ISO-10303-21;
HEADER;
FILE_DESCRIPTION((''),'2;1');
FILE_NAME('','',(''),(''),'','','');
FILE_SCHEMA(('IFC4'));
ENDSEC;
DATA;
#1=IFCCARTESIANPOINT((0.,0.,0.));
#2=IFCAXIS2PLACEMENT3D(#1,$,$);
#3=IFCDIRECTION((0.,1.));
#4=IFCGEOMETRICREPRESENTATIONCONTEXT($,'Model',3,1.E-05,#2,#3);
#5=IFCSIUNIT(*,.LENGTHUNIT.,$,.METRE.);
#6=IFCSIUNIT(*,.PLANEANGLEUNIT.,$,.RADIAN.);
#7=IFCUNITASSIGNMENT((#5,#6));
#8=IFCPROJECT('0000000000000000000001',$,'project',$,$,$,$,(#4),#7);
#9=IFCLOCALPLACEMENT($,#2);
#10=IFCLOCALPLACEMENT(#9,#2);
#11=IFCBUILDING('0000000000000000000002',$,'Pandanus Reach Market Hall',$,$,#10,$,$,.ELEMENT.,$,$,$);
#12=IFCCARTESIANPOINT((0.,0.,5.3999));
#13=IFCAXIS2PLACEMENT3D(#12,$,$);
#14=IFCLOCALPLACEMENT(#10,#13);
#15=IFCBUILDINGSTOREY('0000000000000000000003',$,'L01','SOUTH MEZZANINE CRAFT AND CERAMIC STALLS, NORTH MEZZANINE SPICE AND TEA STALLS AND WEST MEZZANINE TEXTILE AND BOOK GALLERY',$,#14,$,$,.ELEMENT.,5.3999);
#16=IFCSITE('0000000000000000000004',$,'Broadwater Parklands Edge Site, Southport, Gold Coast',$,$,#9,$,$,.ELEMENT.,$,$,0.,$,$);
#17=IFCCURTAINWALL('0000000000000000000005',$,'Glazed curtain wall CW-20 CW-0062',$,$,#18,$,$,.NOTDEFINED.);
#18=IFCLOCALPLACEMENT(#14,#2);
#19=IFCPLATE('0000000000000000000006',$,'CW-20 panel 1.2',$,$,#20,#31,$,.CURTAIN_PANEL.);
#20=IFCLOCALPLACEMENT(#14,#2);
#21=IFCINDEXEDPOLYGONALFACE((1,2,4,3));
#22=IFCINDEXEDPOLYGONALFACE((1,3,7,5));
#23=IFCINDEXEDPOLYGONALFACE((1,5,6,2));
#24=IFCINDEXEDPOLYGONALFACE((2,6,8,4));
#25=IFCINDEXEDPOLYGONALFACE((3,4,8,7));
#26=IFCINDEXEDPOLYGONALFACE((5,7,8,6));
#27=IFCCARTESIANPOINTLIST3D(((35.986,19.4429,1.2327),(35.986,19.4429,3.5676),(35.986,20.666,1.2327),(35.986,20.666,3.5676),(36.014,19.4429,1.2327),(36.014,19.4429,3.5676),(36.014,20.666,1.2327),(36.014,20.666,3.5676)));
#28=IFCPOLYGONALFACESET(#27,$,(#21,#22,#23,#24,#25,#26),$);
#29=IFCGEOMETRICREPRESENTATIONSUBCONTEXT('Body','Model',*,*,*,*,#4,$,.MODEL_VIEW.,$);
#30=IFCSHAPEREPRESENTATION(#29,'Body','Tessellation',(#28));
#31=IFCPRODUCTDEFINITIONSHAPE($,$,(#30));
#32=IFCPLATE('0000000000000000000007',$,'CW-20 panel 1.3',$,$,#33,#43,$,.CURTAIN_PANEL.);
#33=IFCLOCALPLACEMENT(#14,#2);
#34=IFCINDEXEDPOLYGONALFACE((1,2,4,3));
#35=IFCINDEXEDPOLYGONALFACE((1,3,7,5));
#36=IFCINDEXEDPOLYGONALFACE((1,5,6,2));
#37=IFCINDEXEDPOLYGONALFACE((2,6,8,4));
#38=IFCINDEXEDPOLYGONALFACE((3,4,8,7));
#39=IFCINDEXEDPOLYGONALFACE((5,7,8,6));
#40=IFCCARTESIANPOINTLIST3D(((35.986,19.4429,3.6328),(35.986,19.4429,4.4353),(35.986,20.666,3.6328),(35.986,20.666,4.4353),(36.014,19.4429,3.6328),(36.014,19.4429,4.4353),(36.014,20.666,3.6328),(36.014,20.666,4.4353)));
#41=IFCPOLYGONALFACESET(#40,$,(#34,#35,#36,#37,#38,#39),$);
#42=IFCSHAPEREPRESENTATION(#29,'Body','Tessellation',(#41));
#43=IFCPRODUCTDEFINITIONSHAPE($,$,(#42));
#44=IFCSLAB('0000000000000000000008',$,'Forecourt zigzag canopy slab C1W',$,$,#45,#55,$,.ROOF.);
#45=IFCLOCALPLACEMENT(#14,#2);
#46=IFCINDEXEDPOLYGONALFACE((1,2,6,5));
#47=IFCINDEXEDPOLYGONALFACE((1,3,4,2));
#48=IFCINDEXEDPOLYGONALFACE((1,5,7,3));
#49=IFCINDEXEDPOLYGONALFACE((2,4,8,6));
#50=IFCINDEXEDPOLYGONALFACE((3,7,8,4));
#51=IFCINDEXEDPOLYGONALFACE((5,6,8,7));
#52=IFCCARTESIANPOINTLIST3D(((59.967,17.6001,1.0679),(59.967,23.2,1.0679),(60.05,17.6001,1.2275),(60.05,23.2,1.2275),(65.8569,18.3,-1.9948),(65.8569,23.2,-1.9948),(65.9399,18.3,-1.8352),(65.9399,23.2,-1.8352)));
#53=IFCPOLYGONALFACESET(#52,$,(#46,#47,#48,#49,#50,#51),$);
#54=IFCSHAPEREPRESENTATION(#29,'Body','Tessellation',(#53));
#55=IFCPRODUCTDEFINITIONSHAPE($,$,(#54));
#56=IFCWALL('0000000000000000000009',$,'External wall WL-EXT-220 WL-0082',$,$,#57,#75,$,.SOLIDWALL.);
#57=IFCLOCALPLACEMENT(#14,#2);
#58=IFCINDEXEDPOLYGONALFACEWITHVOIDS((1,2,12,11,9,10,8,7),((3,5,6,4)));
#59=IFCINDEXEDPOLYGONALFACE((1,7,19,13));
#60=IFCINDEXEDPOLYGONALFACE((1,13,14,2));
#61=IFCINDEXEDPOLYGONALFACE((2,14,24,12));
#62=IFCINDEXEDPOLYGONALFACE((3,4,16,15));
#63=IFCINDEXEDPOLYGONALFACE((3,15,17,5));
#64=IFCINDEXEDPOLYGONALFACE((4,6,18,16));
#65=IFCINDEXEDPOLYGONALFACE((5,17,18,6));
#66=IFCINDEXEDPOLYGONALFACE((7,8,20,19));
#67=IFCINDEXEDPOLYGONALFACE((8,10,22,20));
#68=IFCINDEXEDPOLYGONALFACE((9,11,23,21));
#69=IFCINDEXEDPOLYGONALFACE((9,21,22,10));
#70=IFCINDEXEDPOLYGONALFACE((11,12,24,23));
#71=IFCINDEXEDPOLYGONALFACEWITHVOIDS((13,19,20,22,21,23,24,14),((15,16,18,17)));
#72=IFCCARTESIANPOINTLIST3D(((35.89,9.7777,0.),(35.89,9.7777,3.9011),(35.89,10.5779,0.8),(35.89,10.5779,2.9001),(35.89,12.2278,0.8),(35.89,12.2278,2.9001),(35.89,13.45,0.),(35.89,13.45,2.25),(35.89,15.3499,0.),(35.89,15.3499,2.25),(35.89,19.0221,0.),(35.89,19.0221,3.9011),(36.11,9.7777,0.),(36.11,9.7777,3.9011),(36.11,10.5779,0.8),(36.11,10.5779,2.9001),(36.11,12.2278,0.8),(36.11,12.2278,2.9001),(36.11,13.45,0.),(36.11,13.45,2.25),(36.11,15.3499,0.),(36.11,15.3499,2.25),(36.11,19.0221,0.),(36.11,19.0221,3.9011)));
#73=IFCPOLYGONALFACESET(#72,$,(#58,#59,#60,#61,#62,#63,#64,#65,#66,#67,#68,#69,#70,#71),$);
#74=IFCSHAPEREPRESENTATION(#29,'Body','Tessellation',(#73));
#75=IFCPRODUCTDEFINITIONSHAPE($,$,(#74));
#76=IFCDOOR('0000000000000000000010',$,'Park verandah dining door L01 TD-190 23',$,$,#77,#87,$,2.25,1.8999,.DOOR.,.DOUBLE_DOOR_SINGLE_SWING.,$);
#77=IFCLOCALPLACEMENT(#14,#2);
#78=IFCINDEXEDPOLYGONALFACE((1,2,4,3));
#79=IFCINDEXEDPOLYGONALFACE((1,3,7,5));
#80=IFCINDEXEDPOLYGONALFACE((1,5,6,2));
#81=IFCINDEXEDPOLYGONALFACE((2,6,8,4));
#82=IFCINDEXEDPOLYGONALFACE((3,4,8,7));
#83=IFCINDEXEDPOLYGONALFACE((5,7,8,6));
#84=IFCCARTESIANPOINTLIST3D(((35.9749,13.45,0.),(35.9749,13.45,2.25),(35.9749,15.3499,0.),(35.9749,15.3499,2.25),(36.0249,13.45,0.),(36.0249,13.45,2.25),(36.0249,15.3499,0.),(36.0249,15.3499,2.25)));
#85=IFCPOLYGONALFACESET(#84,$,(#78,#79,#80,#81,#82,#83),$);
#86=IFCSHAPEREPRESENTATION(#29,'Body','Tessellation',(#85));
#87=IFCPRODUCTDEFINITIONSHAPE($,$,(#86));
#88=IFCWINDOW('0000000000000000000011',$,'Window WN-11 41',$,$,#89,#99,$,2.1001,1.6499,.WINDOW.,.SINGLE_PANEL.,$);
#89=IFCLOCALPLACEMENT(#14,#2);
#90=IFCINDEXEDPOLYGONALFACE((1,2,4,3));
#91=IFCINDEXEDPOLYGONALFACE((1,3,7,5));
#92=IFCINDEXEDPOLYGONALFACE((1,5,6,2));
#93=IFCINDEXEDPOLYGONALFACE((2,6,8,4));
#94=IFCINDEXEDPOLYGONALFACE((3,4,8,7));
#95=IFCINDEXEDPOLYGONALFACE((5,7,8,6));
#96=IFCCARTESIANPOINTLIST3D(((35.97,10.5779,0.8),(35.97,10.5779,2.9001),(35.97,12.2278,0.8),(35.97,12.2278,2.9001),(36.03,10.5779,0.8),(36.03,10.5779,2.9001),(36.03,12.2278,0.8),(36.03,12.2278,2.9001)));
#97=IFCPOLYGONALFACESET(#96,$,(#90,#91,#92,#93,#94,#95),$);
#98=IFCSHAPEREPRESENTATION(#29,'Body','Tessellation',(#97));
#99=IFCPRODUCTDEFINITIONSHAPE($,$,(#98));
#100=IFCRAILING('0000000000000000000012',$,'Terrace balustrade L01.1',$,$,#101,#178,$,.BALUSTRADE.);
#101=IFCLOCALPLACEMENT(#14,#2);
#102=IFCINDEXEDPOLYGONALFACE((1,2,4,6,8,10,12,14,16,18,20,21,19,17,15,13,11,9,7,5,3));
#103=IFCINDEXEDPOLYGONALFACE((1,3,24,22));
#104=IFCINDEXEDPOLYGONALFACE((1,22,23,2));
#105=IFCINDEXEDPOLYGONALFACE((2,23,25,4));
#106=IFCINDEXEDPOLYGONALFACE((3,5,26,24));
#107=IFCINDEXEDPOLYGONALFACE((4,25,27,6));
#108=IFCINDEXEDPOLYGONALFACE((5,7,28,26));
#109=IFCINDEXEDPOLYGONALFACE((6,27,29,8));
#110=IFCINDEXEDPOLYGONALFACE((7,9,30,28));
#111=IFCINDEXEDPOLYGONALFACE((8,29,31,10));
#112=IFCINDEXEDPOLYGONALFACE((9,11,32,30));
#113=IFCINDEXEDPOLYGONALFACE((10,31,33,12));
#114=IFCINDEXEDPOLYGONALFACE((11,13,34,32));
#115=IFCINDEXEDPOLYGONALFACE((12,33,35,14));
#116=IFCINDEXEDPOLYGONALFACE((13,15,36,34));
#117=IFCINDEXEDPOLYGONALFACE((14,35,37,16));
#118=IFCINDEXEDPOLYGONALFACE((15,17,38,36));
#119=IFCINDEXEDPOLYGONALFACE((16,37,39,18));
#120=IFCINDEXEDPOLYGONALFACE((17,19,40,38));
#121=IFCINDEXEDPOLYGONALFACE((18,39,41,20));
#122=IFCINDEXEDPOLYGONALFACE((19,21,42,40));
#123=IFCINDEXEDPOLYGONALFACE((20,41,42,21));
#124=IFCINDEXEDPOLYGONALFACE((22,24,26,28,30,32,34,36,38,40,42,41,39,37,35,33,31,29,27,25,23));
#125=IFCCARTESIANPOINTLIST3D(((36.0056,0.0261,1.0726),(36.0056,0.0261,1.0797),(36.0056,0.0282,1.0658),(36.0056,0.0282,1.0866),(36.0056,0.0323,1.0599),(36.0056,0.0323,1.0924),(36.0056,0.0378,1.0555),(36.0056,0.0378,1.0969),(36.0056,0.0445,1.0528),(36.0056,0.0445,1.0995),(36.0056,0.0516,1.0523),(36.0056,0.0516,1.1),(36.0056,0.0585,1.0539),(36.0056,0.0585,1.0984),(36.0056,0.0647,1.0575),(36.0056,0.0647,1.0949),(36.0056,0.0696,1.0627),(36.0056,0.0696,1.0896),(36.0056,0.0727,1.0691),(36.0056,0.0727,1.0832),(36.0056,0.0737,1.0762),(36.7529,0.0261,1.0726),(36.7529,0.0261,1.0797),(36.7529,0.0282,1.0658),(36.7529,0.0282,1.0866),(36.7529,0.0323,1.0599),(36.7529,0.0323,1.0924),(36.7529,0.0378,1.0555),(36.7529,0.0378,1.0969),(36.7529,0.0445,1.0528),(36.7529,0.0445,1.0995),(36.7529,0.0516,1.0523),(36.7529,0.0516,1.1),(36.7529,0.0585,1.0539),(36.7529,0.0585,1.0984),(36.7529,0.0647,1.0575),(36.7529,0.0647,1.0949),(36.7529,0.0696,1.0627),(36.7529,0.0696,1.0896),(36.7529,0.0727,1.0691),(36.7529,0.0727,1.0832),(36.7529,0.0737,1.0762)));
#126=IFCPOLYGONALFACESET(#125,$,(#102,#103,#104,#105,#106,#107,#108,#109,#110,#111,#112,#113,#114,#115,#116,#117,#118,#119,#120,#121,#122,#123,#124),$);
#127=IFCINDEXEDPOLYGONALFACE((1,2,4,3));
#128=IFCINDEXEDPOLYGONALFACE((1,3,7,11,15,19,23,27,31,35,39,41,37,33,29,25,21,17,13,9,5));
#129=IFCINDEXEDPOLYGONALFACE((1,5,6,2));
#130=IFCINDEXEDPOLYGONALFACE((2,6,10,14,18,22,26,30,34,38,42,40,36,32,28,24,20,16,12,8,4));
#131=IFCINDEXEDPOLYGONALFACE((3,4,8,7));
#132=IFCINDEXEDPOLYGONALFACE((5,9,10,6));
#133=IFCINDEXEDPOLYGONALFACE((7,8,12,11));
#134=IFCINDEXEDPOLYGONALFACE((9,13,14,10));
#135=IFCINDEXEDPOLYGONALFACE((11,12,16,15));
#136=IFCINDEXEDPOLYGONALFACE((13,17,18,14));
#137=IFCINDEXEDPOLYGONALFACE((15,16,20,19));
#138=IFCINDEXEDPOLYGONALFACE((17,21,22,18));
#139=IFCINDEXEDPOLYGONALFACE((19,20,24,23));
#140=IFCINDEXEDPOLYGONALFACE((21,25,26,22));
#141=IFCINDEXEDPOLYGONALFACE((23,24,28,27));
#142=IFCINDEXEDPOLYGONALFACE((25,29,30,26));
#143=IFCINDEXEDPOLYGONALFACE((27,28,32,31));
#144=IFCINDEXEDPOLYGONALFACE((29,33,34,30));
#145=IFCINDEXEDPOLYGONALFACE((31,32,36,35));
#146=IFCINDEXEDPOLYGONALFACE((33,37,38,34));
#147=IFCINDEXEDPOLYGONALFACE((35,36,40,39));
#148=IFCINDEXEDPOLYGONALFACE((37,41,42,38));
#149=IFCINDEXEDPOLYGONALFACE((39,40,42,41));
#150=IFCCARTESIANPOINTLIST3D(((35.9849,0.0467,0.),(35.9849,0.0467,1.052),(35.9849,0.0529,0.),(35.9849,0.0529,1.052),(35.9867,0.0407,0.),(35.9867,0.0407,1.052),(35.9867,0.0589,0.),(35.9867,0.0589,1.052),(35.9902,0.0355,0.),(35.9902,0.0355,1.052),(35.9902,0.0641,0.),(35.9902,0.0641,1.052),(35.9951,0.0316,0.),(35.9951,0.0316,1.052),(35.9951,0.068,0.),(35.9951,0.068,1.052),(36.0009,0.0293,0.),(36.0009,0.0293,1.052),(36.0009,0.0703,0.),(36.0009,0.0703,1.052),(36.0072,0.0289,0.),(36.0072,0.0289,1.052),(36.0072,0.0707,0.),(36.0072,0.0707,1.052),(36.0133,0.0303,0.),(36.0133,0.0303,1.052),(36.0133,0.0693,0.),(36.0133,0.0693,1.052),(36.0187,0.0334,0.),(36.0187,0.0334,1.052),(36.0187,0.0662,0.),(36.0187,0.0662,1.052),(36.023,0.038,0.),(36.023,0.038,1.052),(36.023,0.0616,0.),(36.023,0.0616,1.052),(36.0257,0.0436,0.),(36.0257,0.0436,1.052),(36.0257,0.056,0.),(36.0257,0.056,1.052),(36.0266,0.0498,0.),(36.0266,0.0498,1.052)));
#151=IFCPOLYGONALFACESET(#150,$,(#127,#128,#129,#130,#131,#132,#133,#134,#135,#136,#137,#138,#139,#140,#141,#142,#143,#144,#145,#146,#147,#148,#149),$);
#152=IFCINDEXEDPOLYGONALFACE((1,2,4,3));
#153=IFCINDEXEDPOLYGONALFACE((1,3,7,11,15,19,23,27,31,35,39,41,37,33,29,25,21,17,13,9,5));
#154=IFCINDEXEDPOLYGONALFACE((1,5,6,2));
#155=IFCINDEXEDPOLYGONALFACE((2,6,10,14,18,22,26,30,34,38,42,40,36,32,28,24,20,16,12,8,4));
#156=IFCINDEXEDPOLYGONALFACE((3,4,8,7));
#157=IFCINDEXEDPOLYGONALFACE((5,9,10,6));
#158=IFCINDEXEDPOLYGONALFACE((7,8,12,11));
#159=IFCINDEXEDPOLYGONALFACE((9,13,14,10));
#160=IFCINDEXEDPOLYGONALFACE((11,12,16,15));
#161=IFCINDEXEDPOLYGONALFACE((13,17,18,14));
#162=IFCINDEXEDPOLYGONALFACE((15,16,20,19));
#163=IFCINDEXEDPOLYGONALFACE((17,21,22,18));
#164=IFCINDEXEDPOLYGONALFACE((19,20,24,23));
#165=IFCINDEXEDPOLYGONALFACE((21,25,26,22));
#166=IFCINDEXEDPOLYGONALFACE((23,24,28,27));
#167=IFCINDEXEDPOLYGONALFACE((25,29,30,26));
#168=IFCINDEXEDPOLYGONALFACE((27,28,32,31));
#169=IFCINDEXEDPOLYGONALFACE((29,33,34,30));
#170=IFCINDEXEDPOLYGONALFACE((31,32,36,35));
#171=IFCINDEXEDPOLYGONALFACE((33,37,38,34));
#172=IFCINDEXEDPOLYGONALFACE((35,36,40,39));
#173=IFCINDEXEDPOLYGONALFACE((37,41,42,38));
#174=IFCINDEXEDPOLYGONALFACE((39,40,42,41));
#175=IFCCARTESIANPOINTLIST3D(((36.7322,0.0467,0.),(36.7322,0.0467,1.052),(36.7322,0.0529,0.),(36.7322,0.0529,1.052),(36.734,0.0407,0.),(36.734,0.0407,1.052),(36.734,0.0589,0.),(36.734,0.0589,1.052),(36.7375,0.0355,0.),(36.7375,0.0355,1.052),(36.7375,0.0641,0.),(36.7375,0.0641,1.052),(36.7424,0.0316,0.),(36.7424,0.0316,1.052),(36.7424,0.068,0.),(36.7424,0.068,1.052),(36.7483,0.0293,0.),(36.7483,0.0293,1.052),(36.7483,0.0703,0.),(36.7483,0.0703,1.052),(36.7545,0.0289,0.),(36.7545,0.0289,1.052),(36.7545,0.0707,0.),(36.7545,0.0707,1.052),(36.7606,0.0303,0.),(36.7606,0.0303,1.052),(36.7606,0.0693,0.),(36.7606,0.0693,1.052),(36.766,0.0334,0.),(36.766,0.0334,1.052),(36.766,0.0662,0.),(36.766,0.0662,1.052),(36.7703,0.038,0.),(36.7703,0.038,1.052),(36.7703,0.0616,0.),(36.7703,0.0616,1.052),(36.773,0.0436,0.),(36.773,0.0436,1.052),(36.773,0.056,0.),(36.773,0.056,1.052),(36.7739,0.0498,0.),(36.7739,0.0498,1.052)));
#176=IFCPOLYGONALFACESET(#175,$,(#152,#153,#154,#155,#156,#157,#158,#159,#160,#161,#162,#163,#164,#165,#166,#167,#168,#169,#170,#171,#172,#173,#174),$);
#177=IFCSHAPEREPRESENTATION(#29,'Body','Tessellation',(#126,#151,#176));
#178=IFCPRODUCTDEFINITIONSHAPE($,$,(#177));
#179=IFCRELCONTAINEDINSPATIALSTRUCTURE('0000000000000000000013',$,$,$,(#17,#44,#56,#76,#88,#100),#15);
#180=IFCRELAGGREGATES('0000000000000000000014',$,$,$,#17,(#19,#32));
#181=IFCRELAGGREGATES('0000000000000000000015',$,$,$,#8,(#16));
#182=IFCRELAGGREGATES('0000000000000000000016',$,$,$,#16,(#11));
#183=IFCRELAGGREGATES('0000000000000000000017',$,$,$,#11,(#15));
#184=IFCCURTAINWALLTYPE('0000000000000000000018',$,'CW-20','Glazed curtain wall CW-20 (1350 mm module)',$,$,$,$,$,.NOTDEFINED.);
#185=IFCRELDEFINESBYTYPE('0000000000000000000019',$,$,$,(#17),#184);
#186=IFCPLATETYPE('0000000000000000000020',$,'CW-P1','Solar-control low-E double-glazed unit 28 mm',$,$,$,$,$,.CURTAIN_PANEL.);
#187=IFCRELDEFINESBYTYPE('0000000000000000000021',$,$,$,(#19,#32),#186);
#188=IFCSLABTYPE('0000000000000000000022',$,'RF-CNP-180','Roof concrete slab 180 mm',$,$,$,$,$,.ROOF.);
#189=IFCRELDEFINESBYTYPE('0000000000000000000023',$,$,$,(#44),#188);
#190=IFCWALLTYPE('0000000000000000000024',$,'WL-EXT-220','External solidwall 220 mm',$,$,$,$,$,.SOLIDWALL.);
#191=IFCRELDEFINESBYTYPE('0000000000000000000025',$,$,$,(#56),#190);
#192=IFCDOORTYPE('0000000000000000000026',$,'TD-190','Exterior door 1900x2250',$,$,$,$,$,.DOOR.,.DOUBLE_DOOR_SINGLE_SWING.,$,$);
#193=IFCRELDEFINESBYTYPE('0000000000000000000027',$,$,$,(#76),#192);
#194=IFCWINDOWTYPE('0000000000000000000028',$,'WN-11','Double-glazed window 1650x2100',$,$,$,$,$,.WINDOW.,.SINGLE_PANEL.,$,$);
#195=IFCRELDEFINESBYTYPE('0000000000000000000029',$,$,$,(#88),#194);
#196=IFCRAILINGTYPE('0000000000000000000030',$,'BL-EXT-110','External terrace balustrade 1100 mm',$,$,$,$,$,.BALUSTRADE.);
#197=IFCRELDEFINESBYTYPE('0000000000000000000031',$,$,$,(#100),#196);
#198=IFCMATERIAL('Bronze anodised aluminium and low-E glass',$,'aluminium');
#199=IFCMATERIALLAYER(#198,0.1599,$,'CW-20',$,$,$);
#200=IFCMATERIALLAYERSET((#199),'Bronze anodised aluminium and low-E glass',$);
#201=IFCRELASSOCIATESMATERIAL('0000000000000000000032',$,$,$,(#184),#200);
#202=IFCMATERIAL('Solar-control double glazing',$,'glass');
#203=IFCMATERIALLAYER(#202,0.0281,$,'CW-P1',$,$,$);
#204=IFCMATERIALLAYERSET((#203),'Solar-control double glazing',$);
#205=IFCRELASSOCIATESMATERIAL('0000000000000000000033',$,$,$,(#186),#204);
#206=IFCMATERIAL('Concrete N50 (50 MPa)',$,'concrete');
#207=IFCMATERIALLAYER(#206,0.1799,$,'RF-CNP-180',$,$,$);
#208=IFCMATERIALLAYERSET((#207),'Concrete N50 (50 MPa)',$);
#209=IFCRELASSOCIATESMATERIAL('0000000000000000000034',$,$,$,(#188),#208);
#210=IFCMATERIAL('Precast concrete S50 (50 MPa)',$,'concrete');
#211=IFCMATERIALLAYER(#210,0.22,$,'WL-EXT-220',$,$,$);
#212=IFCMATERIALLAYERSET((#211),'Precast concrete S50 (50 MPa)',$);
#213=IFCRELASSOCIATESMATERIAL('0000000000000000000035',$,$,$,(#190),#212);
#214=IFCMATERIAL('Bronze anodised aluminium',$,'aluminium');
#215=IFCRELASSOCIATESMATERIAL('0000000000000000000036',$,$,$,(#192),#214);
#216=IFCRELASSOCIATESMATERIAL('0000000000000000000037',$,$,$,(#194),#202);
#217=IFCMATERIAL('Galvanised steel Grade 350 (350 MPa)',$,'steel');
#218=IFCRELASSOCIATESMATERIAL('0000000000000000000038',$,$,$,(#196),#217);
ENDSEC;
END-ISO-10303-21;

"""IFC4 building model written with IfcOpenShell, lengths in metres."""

from ifc_helpers import new_model, si_unit, direction, frame, frame_2d, origin, origin_2d, place, context, subcontext, project, spatial, polyline, rectangle, circle, outline, extrude, material, layer, layer_set, type_object, element, fill, aggregate, save


model = new_model("IFC4")

# Units and contexts
model_context = context("Model", 3, precision=1e-05, world=origin(), true_north=direction((0.0, 1.0)))
body_context = subcontext(model_context, "Body", "Model", "MODEL_VIEW")
ifc_project = project(units=[si_unit("LENGTHUNIT", "METRE"), si_unit("PLANEANGLEUNIT", "RADIAN")], contexts=[model_context])

# Site, building, storey
site_placement = place(None, origin())
site = spatial("IfcSite", under=ifc_project, at=site_placement, Name="Broadwater Parklands Edge Site, Southport, Gold Coast", CompositionType="ELEMENT", RefElevation=0.0)
building_placement = place(site_placement, origin())
building = spatial("IfcBuilding", under=site, at=building_placement, Name="Pandanus Reach Market Hall", CompositionType="ELEMENT")
storey_placement = place(building_placement, frame((0.0, 0.0, 5.3999)))
storey = spatial("IfcBuildingStorey", under=building, at=storey_placement, Name="L01", Description="SOUTH MEZZANINE CRAFT AND CERAMIC STALLS, NORTH MEZZANINE SPICE AND TEA STALLS AND WEST MEZZANINE TEXTILE AND BOOK GALLERY", CompositionType="ELEMENT", Elevation=5.3999)

# Curtain wall
ifc_material_1 = material(Name="Bronze anodised aluminium and low-E glass", Category="aluminium")
ifc_layer_1 = layer(ifc_material_1, 0.1599, Name="CW-20")
ifc_layer_set_1 = layer_set([ifc_layer_1], Name="Bronze anodised aluminium and low-E glass")
curtain_wall_type = type_object("IfcCurtainWallType", Name="CW-20", Description="Glazed curtain wall CW-20 (1350 mm module)", PredefinedType="NOTDEFINED", material=ifc_layer_set_1)
curtain_wall_placement = place(storey_placement, origin())
curtain_wall = element("IfcCurtainWall", 1, at=curtain_wall_placement, inside=storey, type_object=curtain_wall_type, Name="Glazed curtain wall CW-20 CW-0062", PredefinedType="NOTDEFINED")
ifc_material_2 = material(Name="Bronze anodised aluminium", Category="aluminium")

# Plates
ifc_material_3 = material(Name="Solar-control double glazing", Category="glass")
ifc_layer_2 = layer(ifc_material_3, 0.0281, Name="CW-P1")
ifc_layer_set_2 = layer_set([ifc_layer_2], Name="Solar-control double glazing")
plate_type_1 = type_object("IfcPlateType", Name="CW-P1", Description="Solar-control low-E double-glazed unit 28 mm", PredefinedType="CURTAIN_PANEL", material=ifc_layer_set_2)
plate_1_placement = place(storey_placement, frame((36.0, 20.0544, 1.2327), z_axis=(0.0, 0.0, 1.0), x_axis=(0.0, 1.0, 0.0)))
plate_1 = element("IfcPlate", 2, at=plate_1_placement, type_object=plate_type_1, Name="CW-20 panel 1.2", PredefinedType="CURTAIN_PANEL", context=body_context, shape_type="SweptSolid", body=[
    extrude(rectangle(XDim=1.2231, YDim=0.0281, at=origin_2d()), origin(), (0.0, 0.0, 1.0), 2.335),
])
plate_2_placement = place(storey_placement, frame((36.0, 20.0544, 3.6328), z_axis=(0.0, 0.0, 1.0), x_axis=(0.0, 1.0, 0.0)))
plate_2 = element("IfcPlate", 3, at=plate_2_placement, type_object=plate_type_1, Name="CW-20 panel 1.3", PredefinedType="CURTAIN_PANEL", context=body_context, shape_type="SweptSolid", body=[
    extrude(rectangle(XDim=1.2231, YDim=0.0281, at=origin_2d()), origin(), (0.0, 0.0, 1.0), 0.8025),
])
aggregate(curtain_wall, [plate_1, plate_2])

# Slab
ifc_material_4 = material(Name="Concrete N50 (50 MPa)", Category="concrete")
ifc_layer_3 = layer(ifc_material_4, 0.1799, Name="RF-CNP-180")
ifc_layer_set_3 = layer_set([ifc_layer_3], Name="Concrete N50 (50 MPa)")
slab_type = type_object("IfcSlabType", Name="RF-CNP-180", Description="Roof concrete slab 180 mm", PredefinedType="ROOF", material=ifc_layer_set_3)
slab_placement = place(storey_placement, frame((60.05, 17.6001, 1.2275), z_axis=(0.461353, 0.0, 0.887217), x_axis=(0.882326, 0.104855, -0.45881)))
element("IfcSlab", 4, at=slab_placement, inside=storey, type_object=slab_type, Name="Forecourt zigzag canopy slab C1W", PredefinedType="ROOF", context=body_context, shape_type="SweptSolid", body=[
    extrude(outline(polyline([(0.0, 0.0), (6.6754, 0.0), (7.1892, 4.8729), (0.5872, 5.569), (0.0, 0.0)])), origin(), (0.0, 0.0, -1.0), 0.1799),
])

# Wall, openings, door, window
ifc_material_5 = material(Name="Precast concrete S50 (50 MPa)", Category="concrete")
ifc_layer_4 = layer(ifc_material_5, 0.22, Name="WL-EXT-220")
ifc_layer_set_4 = layer_set([ifc_layer_4], Name="Precast concrete S50 (50 MPa)")
wall_type = type_object("IfcWallType", Name="WL-EXT-220", Description="External solidwall 220 mm", PredefinedType="SOLIDWALL", material=ifc_layer_set_4)
wall_placement = place(storey_placement, frame((36.0, 9.7778, 0.0), z_axis=(0.0, 0.0, 1.0), x_axis=(0.0, 1.0, 0.0)))
wall = element("IfcWall", 5, at=wall_placement, inside=storey, type_object=wall_type, Name="External wall WL-EXT-220 WL-0082", PredefinedType="SOLIDWALL", context=body_context, shape_type="SweptSolid", body=[
    extrude(rectangle(XDim=9.2444, YDim=0.22, at=frame_2d((4.6221, 0.0))), origin(), (0.0, 0.0, 1.0), 3.9011),
])
opening_1_placement = place(wall_placement, frame((3.6721, 0.0, 0.0)))
opening_1 = element("IfcOpeningElement", 6, at=opening_1_placement, cuts=wall, PredefinedType="OPENING", context=body_context, shape_type="SweptSolid", body=[
    extrude(rectangle(XDim=1.8999, YDim=2.25, at=frame_2d((0.95, 1.125))), frame((0.0, 0.125, 0.0), z_axis=(0.0, -1.0, 0.0), x_axis=(1.0, 0.0, 0.0)), (0.0, 0.0, 1.0), 0.25),
])
opening_2_placement = place(wall_placement, frame((0.8, 0.0, 0.8)))
opening_2 = element("IfcOpeningElement", 7, at=opening_2_placement, cuts=wall, PredefinedType="OPENING", context=body_context, shape_type="SweptSolid", body=[
    extrude(rectangle(XDim=1.6499, YDim=2.1001, at=frame_2d((0.825, 1.05))), frame((0.0, 0.125, 0.0), z_axis=(0.0, -1.0, 0.0), x_axis=(1.0, 0.0, 0.0)), (0.0, 0.0, 1.0), 0.25),
])
door_type = type_object("IfcDoorType", Name="TD-190", Description="Exterior door 1900x2250", OperationType="DOUBLE_DOOR_SINGLE_SWING", PredefinedType="DOOR", material=ifc_material_2)
door_placement = place(opening_1_placement, frame((1.8999, 0.0, 0.0), z_axis=(0.0, 0.0, 1.0), x_axis=(-1.0, 0.0, 0.0)))
door = element("IfcDoor", 8, at=door_placement, inside=storey, type_object=door_type, Name="Park verandah dining door L01 TD-190 23", OperationType="DOUBLE_DOOR_SINGLE_SWING", OverallHeight=2.25, OverallWidth=1.8999, PredefinedType="DOOR", context=body_context, shape_type="SweptSolid", body=[
    extrude(rectangle(XDim=1.8999, YDim=2.25, at=frame_2d((0.95, 1.125))), frame((0.0, 0.0249, 0.0), z_axis=(0.0, -1.0, 0.0), x_axis=(1.0, 0.0, 0.0)), (0.0, 0.0, 1.0), 0.05),
])
fill(opening_1, door)
window_type = type_object("IfcWindowType", Name="WN-11", Description="Double-glazed window 1650x2100", PartitioningType="SINGLE_PANEL", PredefinedType="WINDOW", material=ifc_material_3)
window_placement = place(opening_2_placement, origin())
window = element("IfcWindow", 9, at=window_placement, inside=storey, type_object=window_type, Name="Window WN-11 41", OverallHeight=2.1001, OverallWidth=1.6499, PartitioningType="SINGLE_PANEL", PredefinedType="WINDOW", context=body_context, shape_type="SweptSolid", body=[
    extrude(rectangle(XDim=1.6499, YDim=2.1001, at=frame_2d((0.825, 1.05))), frame((0.0, 0.03, 0.0), z_axis=(0.0, -1.0, 0.0), x_axis=(1.0, 0.0, 0.0)), (0.0, 0.0, 1.0), 0.0601),
])
fill(opening_2, window)

# Railing
ifc_material_6 = material(Name="Galvanised steel Grade 350 (350 MPa)", Category="steel")
railing_type = type_object("IfcRailingType", Name="BL-EXT-110", Description="External terrace balustrade 1100 mm", PredefinedType="BALUSTRADE", material=ifc_material_6)
railing_1_placement = place(storey_placement, frame((36.0056, 0.0498, 0.0)))
element("IfcRailing", 10, at=railing_1_placement, inside=storey, type_object=railing_type, Name="Terrace balustrade L01.1", PredefinedType="BALUSTRADE", context=body_context, shape_type="SweptSolid", body=[
    extrude(circle(Radius=0.0239, at=origin_2d()), frame((0.0, 0.0, 1.0762), z_axis=(1.0, 0.0, 0.0), x_axis=(0.0, 1.0, 0.0)), (0.0, 0.0, 1.0), 0.7473),
    extrude(circle(Radius=0.021, at=origin_2d()), origin(), (0.0, 0.0, 1.0), 1.052),
    extrude(circle(Radius=0.021, at=origin_2d()), frame((0.7473, 0.0, 0.0)), (0.0, 0.0, 1.0), 1.052),
])

save(model, "model.ifc")
